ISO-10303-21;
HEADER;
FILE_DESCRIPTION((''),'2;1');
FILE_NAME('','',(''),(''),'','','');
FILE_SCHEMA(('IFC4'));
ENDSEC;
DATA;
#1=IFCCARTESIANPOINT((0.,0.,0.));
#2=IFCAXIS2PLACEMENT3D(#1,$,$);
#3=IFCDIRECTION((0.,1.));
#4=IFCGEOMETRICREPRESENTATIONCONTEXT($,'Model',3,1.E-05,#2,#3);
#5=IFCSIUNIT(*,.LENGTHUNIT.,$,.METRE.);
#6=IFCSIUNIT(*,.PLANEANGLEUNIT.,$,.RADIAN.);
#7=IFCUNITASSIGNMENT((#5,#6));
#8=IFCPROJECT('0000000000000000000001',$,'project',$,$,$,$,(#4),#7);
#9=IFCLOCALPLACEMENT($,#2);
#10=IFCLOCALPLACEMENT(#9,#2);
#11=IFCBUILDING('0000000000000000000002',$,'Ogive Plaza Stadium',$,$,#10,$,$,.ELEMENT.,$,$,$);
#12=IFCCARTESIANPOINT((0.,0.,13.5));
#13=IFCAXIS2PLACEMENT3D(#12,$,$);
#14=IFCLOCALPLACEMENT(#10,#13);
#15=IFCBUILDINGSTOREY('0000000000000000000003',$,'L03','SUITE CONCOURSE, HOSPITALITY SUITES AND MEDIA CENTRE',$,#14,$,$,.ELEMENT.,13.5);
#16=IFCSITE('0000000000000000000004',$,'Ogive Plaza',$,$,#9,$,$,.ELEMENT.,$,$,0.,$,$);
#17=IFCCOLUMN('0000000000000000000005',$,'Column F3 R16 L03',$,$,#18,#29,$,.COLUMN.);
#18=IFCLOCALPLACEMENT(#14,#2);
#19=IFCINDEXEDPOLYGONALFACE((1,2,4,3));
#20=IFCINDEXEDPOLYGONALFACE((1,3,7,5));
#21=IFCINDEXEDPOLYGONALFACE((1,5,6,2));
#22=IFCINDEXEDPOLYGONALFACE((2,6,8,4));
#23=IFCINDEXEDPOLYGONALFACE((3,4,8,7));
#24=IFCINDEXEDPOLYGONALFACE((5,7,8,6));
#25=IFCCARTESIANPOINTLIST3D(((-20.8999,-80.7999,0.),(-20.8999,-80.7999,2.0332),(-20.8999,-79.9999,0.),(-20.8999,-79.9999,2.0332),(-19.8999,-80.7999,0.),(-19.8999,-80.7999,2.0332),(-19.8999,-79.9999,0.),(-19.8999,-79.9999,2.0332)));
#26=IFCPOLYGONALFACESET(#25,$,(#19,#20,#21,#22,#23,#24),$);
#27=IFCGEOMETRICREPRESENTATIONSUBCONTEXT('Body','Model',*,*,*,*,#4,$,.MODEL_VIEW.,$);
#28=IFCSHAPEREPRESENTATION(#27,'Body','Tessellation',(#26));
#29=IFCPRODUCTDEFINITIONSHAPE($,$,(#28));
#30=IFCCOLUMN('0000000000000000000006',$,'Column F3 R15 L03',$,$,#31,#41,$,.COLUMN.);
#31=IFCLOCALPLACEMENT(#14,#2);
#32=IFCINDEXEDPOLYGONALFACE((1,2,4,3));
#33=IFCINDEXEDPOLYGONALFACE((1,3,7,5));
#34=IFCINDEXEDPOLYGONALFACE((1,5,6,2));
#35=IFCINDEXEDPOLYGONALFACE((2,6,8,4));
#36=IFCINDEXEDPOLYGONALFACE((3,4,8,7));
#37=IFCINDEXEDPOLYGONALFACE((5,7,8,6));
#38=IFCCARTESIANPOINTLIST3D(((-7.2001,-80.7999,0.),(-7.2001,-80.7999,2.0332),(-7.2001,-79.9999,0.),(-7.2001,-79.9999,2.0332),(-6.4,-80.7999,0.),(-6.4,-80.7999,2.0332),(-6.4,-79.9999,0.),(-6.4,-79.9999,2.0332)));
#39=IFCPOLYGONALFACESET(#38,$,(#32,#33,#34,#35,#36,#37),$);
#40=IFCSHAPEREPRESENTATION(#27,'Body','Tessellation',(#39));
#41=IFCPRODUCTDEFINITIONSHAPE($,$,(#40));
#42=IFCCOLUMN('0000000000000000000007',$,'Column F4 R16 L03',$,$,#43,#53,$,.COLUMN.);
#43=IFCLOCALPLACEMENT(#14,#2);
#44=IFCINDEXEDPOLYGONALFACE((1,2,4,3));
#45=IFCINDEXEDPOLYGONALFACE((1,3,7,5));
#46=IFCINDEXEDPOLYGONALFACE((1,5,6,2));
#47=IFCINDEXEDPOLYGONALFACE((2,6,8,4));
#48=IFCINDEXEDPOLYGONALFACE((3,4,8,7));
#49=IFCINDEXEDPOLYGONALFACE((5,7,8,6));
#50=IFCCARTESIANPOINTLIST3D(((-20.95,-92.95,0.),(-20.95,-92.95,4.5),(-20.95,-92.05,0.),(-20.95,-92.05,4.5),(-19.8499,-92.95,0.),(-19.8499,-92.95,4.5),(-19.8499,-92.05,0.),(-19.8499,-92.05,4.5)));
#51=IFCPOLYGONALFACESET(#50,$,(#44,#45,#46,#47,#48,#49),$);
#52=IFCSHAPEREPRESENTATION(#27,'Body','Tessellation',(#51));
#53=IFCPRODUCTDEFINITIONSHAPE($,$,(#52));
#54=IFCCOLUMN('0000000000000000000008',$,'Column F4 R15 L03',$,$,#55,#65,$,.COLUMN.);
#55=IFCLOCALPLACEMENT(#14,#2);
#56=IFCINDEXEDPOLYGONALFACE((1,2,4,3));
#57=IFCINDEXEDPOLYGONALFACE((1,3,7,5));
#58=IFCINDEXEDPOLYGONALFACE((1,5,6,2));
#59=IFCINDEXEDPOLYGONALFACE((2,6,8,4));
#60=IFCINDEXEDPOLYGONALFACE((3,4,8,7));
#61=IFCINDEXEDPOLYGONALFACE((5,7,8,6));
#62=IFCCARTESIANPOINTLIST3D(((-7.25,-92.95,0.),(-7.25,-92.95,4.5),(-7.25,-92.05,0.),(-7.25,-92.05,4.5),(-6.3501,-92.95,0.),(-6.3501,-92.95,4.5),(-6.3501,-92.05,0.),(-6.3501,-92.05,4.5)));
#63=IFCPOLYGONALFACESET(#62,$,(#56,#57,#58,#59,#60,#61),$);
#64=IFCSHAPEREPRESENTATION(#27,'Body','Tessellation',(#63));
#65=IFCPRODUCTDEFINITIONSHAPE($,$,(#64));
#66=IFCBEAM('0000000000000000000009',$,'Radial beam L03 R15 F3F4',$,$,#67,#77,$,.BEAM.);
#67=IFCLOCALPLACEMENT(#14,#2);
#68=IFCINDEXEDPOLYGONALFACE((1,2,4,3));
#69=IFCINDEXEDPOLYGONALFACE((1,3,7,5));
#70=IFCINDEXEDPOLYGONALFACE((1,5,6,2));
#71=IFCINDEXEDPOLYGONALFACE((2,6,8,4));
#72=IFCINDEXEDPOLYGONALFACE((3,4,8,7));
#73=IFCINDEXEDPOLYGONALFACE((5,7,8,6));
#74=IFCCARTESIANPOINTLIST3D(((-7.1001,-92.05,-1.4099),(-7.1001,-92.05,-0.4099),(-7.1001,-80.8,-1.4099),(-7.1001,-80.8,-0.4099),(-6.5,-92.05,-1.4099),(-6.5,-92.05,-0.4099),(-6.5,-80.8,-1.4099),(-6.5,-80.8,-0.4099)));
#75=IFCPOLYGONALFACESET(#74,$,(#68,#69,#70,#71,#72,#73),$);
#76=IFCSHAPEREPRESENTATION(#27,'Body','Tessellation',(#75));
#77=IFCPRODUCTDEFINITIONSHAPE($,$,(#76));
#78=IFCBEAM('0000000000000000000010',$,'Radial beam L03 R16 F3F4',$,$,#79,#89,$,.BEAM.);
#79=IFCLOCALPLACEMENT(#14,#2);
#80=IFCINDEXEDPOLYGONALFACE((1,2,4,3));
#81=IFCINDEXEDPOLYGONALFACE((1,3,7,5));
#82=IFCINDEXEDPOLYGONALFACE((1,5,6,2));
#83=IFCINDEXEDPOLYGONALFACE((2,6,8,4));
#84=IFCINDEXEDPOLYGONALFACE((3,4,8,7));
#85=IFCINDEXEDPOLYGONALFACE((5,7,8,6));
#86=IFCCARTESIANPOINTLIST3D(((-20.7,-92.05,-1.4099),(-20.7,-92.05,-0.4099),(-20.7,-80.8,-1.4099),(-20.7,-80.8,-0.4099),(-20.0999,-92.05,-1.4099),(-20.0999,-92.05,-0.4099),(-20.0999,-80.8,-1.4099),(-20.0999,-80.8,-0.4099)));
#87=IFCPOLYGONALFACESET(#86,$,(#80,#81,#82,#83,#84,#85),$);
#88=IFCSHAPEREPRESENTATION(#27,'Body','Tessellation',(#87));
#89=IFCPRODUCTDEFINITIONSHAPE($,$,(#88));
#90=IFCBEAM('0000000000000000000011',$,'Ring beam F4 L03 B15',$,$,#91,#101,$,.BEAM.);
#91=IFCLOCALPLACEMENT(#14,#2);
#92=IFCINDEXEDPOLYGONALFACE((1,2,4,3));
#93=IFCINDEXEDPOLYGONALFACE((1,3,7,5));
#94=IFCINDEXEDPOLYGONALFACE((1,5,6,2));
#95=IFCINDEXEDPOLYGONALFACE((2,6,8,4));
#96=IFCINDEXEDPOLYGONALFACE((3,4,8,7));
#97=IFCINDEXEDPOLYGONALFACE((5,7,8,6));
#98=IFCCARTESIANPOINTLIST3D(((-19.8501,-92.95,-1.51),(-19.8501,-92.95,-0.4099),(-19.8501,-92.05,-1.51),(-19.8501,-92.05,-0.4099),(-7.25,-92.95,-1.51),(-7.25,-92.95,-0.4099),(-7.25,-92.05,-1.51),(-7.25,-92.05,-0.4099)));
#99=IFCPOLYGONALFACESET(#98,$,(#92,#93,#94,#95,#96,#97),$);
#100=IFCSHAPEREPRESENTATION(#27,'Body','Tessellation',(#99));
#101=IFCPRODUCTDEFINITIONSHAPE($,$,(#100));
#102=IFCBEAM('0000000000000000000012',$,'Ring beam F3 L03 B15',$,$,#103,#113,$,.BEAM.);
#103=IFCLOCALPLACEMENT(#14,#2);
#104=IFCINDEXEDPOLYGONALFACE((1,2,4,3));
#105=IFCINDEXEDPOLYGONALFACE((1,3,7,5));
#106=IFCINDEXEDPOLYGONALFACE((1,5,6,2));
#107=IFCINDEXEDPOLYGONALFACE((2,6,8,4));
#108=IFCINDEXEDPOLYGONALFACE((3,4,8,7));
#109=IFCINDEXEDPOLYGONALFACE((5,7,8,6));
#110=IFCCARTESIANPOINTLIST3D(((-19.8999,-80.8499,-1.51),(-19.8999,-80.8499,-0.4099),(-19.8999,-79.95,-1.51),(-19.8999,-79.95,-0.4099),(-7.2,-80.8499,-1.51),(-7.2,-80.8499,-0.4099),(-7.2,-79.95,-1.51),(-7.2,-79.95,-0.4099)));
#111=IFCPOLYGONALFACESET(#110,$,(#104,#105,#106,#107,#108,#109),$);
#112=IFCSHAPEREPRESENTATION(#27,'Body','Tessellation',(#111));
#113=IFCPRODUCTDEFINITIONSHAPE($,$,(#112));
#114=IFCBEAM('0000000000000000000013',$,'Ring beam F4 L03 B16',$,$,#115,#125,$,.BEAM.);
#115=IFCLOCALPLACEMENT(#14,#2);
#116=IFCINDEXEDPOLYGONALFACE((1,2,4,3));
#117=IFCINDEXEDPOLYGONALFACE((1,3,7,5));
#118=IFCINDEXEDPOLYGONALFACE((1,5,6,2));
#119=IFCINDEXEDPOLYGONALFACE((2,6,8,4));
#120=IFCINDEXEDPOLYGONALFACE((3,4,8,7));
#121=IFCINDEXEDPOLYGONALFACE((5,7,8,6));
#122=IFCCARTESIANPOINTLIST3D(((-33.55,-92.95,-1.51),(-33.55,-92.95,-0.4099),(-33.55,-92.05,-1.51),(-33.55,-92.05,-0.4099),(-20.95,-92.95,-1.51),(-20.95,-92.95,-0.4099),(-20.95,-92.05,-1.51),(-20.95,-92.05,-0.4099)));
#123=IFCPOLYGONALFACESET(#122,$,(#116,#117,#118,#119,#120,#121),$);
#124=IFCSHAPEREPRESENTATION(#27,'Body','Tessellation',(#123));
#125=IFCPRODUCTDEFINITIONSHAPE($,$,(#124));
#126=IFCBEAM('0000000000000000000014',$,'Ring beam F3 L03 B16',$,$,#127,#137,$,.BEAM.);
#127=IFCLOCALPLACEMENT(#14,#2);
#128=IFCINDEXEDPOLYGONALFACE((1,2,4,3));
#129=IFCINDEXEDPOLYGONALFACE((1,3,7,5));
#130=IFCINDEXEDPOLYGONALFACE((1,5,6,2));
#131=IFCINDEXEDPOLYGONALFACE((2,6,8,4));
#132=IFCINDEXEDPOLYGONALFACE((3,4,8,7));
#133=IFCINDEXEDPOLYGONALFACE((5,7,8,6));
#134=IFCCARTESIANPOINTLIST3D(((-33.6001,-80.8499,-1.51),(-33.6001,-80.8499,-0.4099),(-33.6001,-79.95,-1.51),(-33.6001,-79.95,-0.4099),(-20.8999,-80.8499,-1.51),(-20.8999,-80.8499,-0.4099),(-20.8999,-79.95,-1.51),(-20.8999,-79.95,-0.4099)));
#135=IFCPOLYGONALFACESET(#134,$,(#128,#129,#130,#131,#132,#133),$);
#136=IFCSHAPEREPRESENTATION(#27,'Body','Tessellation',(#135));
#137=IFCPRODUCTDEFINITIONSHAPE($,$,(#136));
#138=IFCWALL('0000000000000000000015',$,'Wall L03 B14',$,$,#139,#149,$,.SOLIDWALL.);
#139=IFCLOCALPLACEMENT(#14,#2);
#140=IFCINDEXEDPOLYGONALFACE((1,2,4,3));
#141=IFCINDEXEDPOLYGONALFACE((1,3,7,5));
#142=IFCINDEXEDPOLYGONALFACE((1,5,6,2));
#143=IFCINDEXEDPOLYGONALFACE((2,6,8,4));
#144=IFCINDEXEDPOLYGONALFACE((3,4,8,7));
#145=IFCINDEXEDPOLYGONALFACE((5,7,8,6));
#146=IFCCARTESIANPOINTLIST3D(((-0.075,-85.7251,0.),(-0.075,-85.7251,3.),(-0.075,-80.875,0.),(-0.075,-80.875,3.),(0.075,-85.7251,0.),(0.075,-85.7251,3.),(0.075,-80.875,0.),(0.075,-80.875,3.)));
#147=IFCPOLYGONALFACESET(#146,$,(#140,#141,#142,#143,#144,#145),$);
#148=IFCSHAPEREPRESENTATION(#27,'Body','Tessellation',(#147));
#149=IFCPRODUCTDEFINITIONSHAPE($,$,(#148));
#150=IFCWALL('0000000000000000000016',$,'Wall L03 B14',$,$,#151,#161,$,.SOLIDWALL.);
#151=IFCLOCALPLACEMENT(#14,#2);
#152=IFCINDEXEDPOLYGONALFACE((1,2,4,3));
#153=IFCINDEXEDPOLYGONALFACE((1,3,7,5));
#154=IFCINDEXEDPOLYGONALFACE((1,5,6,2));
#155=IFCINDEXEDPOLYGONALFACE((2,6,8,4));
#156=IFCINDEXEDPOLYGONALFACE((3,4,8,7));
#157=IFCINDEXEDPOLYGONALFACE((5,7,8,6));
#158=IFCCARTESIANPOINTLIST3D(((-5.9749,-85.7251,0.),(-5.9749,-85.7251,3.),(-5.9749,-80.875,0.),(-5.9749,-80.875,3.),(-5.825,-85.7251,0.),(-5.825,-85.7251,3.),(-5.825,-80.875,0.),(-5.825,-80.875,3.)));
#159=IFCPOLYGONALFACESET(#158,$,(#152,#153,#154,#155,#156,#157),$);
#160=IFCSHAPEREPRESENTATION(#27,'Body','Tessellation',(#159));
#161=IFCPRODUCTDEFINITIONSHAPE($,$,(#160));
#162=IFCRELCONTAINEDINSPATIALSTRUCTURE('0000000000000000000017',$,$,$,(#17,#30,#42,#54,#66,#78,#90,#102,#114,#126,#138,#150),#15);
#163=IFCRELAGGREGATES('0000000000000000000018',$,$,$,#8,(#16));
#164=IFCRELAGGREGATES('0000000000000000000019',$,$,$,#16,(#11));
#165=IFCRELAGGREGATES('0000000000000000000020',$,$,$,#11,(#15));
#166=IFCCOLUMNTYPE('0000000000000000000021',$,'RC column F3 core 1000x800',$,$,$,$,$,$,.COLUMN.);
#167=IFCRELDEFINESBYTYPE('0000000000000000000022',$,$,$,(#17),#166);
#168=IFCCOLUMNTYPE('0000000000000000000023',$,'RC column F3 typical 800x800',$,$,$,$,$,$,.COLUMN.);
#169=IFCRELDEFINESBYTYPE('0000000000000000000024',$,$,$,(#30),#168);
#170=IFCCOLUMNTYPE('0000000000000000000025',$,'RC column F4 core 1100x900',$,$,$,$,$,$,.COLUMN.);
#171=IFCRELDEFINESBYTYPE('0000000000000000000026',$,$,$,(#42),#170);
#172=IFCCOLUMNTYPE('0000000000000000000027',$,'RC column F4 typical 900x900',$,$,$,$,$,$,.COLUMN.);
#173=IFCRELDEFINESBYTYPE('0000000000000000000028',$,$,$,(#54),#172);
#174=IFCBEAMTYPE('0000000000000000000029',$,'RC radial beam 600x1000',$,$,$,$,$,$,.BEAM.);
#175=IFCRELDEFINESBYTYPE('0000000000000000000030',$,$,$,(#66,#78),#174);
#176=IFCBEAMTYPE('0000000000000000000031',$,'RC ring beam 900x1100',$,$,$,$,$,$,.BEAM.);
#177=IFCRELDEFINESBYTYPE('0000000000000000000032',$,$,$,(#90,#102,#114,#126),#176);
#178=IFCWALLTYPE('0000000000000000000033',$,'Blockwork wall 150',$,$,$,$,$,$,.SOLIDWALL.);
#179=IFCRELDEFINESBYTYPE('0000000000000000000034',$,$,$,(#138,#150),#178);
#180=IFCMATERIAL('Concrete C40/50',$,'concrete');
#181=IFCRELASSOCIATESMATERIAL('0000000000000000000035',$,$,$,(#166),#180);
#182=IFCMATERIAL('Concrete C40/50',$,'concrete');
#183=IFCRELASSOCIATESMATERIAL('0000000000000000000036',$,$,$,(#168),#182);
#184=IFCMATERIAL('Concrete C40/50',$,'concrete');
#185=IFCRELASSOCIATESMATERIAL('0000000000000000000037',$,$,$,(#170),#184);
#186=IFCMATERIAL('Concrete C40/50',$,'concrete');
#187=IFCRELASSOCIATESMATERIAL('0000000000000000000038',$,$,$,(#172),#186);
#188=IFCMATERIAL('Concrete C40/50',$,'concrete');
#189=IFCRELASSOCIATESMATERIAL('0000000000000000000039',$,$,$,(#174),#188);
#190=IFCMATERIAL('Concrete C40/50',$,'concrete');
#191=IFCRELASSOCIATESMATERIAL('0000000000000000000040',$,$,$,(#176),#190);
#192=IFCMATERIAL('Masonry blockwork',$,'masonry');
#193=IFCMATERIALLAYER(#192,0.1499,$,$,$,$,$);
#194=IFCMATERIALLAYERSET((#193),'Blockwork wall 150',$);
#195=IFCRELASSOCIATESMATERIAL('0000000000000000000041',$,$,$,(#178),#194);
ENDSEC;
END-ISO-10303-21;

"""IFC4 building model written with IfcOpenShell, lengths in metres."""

from ifc_helpers import new_model, si_unit, direction, frame, frame_2d, origin, origin_2d, place, context, subcontext, project, spatial, rectangle, extrude, material, layer, layer_set, material_profile, profile_set, type_object, element, save


model = new_model("IFC4")

# Units and contexts
model_context = context("Model", 3, precision=1e-05, world=origin(), true_north=direction((0.0, 1.0)))
body_context = subcontext(model_context, "Body", "Model", "MODEL_VIEW")
ifc_project = project(units=[si_unit("LENGTHUNIT", "METRE"), si_unit("PLANEANGLEUNIT", "RADIAN")], contexts=[model_context])

# Site, building, storey
site_placement = place(None, origin())
site = spatial("IfcSite", under=ifc_project, at=site_placement, Name="Ogive Plaza", CompositionType="ELEMENT", RefElevation=0.0)
building_placement = place(site_placement, origin())
building = spatial("IfcBuilding", under=site, at=building_placement, Name="Ogive Plaza Stadium", CompositionType="ELEMENT")
storey_placement = place(building_placement, frame((0.0, 0.0, 13.5)))
storey = spatial("IfcBuildingStorey", under=building, at=storey_placement, Name="L03", Description="SUITE CONCOURSE, HOSPITALITY SUITES AND MEDIA CENTRE", CompositionType="ELEMENT", Elevation=13.5)

# Columns
ifc_material_1 = material(Name="Concrete C40/50", Category="concrete")
ifc_material_profile_1 = material_profile(ifc_material_1, rectangle(XDim=1.0, YDim=0.8, at=origin_2d()), Name="RC 1000x800")
ifc_profile_set_1 = profile_set([ifc_material_profile_1], Name="Concrete C40/50")
column_type_1 = type_object("IfcColumnType", Name="RC column F3 core 1000x800", PredefinedType="COLUMN", material=ifc_profile_set_1)
column_1_placement = place(storey_placement, frame((-20.3999, -80.3999, 0.0), z_axis=(0.0, 0.0, 1.0), x_axis=(1.0, 0.0, 0.0)))
element("IfcColumn", 1, at=column_1_placement, inside=storey, type_object=column_type_1, Name="Column F3 R16 L03", PredefinedType="COLUMN", context=body_context, shape_type="SweptSolid", body=[
    extrude(rectangle(XDim=1.0, YDim=0.8, at=origin_2d()), origin(), (0.0, 0.0, 1.0), 2.0332),
])
ifc_material_2 = material(Name="Concrete C40/50", Category="concrete")
ifc_material_profile_2 = material_profile(ifc_material_2, rectangle(XDim=0.8, YDim=0.8, at=origin_2d()), Name="RC 800x800")
ifc_profile_set_2 = profile_set([ifc_material_profile_2], Name="Concrete C40/50")
column_type_2 = type_object("IfcColumnType", Name="RC column F3 typical 800x800", PredefinedType="COLUMN", material=ifc_profile_set_2)
column_2_placement = place(storey_placement, frame((-6.8, -80.3999, 0.0), z_axis=(0.0, 0.0, 1.0), x_axis=(1.0, 0.0, 0.0)))
element("IfcColumn", 2, at=column_2_placement, inside=storey, type_object=column_type_2, Name="Column F3 R15 L03", PredefinedType="COLUMN", context=body_context, shape_type="SweptSolid", body=[
    extrude(rectangle(XDim=0.8, YDim=0.8, at=origin_2d()), origin(), (0.0, 0.0, 1.0), 2.0332),
])
ifc_material_3 = material(Name="Concrete C40/50", Category="concrete")
ifc_material_profile_3 = material_profile(ifc_material_3, rectangle(XDim=1.1001, YDim=0.8999, at=origin_2d()), Name="RC 1100x900")
ifc_profile_set_3 = profile_set([ifc_material_profile_3], Name="Concrete C40/50")
column_type_3 = type_object("IfcColumnType", Name="RC column F4 core 1100x900", PredefinedType="COLUMN", material=ifc_profile_set_3)
column_3_placement = place(storey_placement, frame((-20.3999, -92.5, 0.0), z_axis=(0.0, 0.0, 1.0), x_axis=(1.0, 0.0, 0.0)))
element("IfcColumn", 3, at=column_3_placement, inside=storey, type_object=column_type_3, Name="Column F4 R16 L03", PredefinedType="COLUMN", context=body_context, shape_type="SweptSolid", body=[
    extrude(rectangle(XDim=1.1001, YDim=0.8999, at=origin_2d()), origin(), (0.0, 0.0, 1.0), 4.5),
])
ifc_material_4 = material(Name="Concrete C40/50", Category="concrete")
ifc_material_profile_4 = material_profile(ifc_material_4, rectangle(XDim=0.8999, YDim=0.8999, at=origin_2d()), Name="RC 900x900")
ifc_profile_set_4 = profile_set([ifc_material_profile_4], Name="Concrete C40/50")
column_type_4 = type_object("IfcColumnType", Name="RC column F4 typical 900x900", PredefinedType="COLUMN", material=ifc_profile_set_4)
column_4_placement = place(storey_placement, frame((-6.8, -92.5, 0.0), z_axis=(0.0, 0.0, 1.0), x_axis=(1.0, 0.0, 0.0)))
element("IfcColumn", 4, at=column_4_placement, inside=storey, type_object=column_type_4, Name="Column F4 R15 L03", PredefinedType="COLUMN", context=body_context, shape_type="SweptSolid", body=[
    extrude(rectangle(XDim=0.8999, YDim=0.8999, at=origin_2d()), origin(), (0.0, 0.0, 1.0), 4.5),
])

# Beams
ifc_material_5 = material(Name="Concrete C40/50", Category="concrete")
ifc_material_profile_5 = material_profile(ifc_material_5, rectangle(XDim=0.6001, YDim=1.0, at=origin_2d()), Name="RC 600x1000")
ifc_profile_set_5 = profile_set([ifc_material_profile_5], Name="Concrete C40/50")
beam_type_1 = type_object("IfcBeamType", Name="RC radial beam 600x1000", PredefinedType="BEAM", material=ifc_profile_set_5)
for number, where, z_axis, x_axis, name in (
    (5, (-6.8, -80.8, -0.9099), (0.0, -1.0, 0.0), (1.0, 0.0, 0.0), "Radial beam L03 R15 F3F4"),
    (6, (-20.3999, -80.8, -0.9099), (0.0, -1.0, 0.0), (1.0, 0.0, 0.0), "Radial beam L03 R16 F3F4"),
):
    element("IfcBeam", number, at=place(storey_placement, frame(where, z_axis=z_axis, x_axis=x_axis)), inside=storey, type_object=beam_type_1, Name=name, PredefinedType="BEAM", context=body_context, shape_type="SweptSolid", body=[
        extrude(rectangle(XDim=0.6001, YDim=1.0, at=origin_2d()), origin(), (0.0, 0.0, 1.0), 11.25),
    ])
ifc_material_6 = material(Name="Concrete C40/50", Category="concrete")
ifc_material_profile_6 = material_profile(ifc_material_6, rectangle(XDim=0.8999, YDim=1.1001, at=origin_2d()), Name="RC 900x1100")
ifc_profile_set_6 = profile_set([ifc_material_profile_6], Name="Concrete C40/50")
beam_type_2 = type_object("IfcBeamType", Name="RC ring beam 900x1100", PredefinedType="BEAM", material=ifc_profile_set_6)
beam_1_placement = place(storey_placement, frame((-7.25, -92.5, -0.96), z_axis=(-1.0, 0.0, 0.0), x_axis=(0.0, -1.0, 0.0)))
element("IfcBeam", 7, at=beam_1_placement, inside=storey, type_object=beam_type_2, Name="Ring beam F4 L03 B15", PredefinedType="BEAM", context=body_context, shape_type="SweptSolid", body=[
    extrude(rectangle(XDim=0.8999, YDim=1.1001, at=origin_2d()), origin(), (0.0, 0.0, 1.0), 12.6001),
])
beam_2_placement = place(storey_placement, frame((-7.2, -80.3999, -0.96), z_axis=(-1.0, 0.0, 0.0), x_axis=(0.0, -1.0, 0.0)))
element("IfcBeam", 8, at=beam_2_placement, inside=storey, type_object=beam_type_2, Name="Ring beam F3 L03 B15", PredefinedType="BEAM", context=body_context, shape_type="SweptSolid", body=[
    extrude(rectangle(XDim=0.8999, YDim=1.1001, at=origin_2d()), origin(), (0.0, 0.0, 1.0), 12.7),
])
beam_3_placement = place(storey_placement, frame((-20.95, -92.5, -0.96), z_axis=(-1.0, 0.0, 0.0), x_axis=(0.0, -1.0, 0.0)))
element("IfcBeam", 9, at=beam_3_placement, inside=storey, type_object=beam_type_2, Name="Ring beam F4 L03 B16", PredefinedType="BEAM", context=body_context, shape_type="SweptSolid", body=[
    extrude(rectangle(XDim=0.8999, YDim=1.1001, at=origin_2d()), origin(), (0.0, 0.0, 1.0), 12.6001),
])
beam_4_placement = place(storey_placement, frame((-20.8999, -80.3999, -0.96), z_axis=(-1.0, 0.0, 0.0), x_axis=(0.0, -1.0, 0.0)))
element("IfcBeam", 10, at=beam_4_placement, inside=storey, type_object=beam_type_2, Name="Ring beam F3 L03 B16", PredefinedType="BEAM", context=body_context, shape_type="SweptSolid", body=[
    extrude(rectangle(XDim=0.8999, YDim=1.1001, at=origin_2d()), origin(), (0.0, 0.0, 1.0), 12.7002),
])

# Walls
ifc_material_7 = material(Name="Masonry blockwork", Category="masonry")
ifc_layer_1 = layer(ifc_material_7, 0.1499)
ifc_layer_set_1 = layer_set([ifc_layer_1], Name="Blockwork wall 150")
wall_type_1 = type_object("IfcWallType", Name="Blockwork wall 150", PredefinedType="SOLIDWALL", material=ifc_layer_set_1)
for number, where, z_axis, x_axis, name in (
    (11, (0.0, -80.875, 0.0), (0.0, 0.0, 1.0), (0.0, -1.0, 0.0), "Wall L03 B14"),
    (12, (-5.8999, -80.875, 0.0), (0.0, 0.0, 1.0), (0.0, -1.0, 0.0), "Wall L03 B14"),
):
    element("IfcWall", number, at=place(storey_placement, frame(where, z_axis=z_axis, x_axis=x_axis)), inside=storey, type_object=wall_type_1, Name=name, PredefinedType="SOLIDWALL", context=body_context, shape_type="SweptSolid", body=[
        extrude(rectangle(XDim=4.8501, YDim=0.1499, at=frame_2d((2.425, 0.0))), origin(), (0.0, 0.0, 1.0), 3.0),
    ])

save(model, "model.ifc")
